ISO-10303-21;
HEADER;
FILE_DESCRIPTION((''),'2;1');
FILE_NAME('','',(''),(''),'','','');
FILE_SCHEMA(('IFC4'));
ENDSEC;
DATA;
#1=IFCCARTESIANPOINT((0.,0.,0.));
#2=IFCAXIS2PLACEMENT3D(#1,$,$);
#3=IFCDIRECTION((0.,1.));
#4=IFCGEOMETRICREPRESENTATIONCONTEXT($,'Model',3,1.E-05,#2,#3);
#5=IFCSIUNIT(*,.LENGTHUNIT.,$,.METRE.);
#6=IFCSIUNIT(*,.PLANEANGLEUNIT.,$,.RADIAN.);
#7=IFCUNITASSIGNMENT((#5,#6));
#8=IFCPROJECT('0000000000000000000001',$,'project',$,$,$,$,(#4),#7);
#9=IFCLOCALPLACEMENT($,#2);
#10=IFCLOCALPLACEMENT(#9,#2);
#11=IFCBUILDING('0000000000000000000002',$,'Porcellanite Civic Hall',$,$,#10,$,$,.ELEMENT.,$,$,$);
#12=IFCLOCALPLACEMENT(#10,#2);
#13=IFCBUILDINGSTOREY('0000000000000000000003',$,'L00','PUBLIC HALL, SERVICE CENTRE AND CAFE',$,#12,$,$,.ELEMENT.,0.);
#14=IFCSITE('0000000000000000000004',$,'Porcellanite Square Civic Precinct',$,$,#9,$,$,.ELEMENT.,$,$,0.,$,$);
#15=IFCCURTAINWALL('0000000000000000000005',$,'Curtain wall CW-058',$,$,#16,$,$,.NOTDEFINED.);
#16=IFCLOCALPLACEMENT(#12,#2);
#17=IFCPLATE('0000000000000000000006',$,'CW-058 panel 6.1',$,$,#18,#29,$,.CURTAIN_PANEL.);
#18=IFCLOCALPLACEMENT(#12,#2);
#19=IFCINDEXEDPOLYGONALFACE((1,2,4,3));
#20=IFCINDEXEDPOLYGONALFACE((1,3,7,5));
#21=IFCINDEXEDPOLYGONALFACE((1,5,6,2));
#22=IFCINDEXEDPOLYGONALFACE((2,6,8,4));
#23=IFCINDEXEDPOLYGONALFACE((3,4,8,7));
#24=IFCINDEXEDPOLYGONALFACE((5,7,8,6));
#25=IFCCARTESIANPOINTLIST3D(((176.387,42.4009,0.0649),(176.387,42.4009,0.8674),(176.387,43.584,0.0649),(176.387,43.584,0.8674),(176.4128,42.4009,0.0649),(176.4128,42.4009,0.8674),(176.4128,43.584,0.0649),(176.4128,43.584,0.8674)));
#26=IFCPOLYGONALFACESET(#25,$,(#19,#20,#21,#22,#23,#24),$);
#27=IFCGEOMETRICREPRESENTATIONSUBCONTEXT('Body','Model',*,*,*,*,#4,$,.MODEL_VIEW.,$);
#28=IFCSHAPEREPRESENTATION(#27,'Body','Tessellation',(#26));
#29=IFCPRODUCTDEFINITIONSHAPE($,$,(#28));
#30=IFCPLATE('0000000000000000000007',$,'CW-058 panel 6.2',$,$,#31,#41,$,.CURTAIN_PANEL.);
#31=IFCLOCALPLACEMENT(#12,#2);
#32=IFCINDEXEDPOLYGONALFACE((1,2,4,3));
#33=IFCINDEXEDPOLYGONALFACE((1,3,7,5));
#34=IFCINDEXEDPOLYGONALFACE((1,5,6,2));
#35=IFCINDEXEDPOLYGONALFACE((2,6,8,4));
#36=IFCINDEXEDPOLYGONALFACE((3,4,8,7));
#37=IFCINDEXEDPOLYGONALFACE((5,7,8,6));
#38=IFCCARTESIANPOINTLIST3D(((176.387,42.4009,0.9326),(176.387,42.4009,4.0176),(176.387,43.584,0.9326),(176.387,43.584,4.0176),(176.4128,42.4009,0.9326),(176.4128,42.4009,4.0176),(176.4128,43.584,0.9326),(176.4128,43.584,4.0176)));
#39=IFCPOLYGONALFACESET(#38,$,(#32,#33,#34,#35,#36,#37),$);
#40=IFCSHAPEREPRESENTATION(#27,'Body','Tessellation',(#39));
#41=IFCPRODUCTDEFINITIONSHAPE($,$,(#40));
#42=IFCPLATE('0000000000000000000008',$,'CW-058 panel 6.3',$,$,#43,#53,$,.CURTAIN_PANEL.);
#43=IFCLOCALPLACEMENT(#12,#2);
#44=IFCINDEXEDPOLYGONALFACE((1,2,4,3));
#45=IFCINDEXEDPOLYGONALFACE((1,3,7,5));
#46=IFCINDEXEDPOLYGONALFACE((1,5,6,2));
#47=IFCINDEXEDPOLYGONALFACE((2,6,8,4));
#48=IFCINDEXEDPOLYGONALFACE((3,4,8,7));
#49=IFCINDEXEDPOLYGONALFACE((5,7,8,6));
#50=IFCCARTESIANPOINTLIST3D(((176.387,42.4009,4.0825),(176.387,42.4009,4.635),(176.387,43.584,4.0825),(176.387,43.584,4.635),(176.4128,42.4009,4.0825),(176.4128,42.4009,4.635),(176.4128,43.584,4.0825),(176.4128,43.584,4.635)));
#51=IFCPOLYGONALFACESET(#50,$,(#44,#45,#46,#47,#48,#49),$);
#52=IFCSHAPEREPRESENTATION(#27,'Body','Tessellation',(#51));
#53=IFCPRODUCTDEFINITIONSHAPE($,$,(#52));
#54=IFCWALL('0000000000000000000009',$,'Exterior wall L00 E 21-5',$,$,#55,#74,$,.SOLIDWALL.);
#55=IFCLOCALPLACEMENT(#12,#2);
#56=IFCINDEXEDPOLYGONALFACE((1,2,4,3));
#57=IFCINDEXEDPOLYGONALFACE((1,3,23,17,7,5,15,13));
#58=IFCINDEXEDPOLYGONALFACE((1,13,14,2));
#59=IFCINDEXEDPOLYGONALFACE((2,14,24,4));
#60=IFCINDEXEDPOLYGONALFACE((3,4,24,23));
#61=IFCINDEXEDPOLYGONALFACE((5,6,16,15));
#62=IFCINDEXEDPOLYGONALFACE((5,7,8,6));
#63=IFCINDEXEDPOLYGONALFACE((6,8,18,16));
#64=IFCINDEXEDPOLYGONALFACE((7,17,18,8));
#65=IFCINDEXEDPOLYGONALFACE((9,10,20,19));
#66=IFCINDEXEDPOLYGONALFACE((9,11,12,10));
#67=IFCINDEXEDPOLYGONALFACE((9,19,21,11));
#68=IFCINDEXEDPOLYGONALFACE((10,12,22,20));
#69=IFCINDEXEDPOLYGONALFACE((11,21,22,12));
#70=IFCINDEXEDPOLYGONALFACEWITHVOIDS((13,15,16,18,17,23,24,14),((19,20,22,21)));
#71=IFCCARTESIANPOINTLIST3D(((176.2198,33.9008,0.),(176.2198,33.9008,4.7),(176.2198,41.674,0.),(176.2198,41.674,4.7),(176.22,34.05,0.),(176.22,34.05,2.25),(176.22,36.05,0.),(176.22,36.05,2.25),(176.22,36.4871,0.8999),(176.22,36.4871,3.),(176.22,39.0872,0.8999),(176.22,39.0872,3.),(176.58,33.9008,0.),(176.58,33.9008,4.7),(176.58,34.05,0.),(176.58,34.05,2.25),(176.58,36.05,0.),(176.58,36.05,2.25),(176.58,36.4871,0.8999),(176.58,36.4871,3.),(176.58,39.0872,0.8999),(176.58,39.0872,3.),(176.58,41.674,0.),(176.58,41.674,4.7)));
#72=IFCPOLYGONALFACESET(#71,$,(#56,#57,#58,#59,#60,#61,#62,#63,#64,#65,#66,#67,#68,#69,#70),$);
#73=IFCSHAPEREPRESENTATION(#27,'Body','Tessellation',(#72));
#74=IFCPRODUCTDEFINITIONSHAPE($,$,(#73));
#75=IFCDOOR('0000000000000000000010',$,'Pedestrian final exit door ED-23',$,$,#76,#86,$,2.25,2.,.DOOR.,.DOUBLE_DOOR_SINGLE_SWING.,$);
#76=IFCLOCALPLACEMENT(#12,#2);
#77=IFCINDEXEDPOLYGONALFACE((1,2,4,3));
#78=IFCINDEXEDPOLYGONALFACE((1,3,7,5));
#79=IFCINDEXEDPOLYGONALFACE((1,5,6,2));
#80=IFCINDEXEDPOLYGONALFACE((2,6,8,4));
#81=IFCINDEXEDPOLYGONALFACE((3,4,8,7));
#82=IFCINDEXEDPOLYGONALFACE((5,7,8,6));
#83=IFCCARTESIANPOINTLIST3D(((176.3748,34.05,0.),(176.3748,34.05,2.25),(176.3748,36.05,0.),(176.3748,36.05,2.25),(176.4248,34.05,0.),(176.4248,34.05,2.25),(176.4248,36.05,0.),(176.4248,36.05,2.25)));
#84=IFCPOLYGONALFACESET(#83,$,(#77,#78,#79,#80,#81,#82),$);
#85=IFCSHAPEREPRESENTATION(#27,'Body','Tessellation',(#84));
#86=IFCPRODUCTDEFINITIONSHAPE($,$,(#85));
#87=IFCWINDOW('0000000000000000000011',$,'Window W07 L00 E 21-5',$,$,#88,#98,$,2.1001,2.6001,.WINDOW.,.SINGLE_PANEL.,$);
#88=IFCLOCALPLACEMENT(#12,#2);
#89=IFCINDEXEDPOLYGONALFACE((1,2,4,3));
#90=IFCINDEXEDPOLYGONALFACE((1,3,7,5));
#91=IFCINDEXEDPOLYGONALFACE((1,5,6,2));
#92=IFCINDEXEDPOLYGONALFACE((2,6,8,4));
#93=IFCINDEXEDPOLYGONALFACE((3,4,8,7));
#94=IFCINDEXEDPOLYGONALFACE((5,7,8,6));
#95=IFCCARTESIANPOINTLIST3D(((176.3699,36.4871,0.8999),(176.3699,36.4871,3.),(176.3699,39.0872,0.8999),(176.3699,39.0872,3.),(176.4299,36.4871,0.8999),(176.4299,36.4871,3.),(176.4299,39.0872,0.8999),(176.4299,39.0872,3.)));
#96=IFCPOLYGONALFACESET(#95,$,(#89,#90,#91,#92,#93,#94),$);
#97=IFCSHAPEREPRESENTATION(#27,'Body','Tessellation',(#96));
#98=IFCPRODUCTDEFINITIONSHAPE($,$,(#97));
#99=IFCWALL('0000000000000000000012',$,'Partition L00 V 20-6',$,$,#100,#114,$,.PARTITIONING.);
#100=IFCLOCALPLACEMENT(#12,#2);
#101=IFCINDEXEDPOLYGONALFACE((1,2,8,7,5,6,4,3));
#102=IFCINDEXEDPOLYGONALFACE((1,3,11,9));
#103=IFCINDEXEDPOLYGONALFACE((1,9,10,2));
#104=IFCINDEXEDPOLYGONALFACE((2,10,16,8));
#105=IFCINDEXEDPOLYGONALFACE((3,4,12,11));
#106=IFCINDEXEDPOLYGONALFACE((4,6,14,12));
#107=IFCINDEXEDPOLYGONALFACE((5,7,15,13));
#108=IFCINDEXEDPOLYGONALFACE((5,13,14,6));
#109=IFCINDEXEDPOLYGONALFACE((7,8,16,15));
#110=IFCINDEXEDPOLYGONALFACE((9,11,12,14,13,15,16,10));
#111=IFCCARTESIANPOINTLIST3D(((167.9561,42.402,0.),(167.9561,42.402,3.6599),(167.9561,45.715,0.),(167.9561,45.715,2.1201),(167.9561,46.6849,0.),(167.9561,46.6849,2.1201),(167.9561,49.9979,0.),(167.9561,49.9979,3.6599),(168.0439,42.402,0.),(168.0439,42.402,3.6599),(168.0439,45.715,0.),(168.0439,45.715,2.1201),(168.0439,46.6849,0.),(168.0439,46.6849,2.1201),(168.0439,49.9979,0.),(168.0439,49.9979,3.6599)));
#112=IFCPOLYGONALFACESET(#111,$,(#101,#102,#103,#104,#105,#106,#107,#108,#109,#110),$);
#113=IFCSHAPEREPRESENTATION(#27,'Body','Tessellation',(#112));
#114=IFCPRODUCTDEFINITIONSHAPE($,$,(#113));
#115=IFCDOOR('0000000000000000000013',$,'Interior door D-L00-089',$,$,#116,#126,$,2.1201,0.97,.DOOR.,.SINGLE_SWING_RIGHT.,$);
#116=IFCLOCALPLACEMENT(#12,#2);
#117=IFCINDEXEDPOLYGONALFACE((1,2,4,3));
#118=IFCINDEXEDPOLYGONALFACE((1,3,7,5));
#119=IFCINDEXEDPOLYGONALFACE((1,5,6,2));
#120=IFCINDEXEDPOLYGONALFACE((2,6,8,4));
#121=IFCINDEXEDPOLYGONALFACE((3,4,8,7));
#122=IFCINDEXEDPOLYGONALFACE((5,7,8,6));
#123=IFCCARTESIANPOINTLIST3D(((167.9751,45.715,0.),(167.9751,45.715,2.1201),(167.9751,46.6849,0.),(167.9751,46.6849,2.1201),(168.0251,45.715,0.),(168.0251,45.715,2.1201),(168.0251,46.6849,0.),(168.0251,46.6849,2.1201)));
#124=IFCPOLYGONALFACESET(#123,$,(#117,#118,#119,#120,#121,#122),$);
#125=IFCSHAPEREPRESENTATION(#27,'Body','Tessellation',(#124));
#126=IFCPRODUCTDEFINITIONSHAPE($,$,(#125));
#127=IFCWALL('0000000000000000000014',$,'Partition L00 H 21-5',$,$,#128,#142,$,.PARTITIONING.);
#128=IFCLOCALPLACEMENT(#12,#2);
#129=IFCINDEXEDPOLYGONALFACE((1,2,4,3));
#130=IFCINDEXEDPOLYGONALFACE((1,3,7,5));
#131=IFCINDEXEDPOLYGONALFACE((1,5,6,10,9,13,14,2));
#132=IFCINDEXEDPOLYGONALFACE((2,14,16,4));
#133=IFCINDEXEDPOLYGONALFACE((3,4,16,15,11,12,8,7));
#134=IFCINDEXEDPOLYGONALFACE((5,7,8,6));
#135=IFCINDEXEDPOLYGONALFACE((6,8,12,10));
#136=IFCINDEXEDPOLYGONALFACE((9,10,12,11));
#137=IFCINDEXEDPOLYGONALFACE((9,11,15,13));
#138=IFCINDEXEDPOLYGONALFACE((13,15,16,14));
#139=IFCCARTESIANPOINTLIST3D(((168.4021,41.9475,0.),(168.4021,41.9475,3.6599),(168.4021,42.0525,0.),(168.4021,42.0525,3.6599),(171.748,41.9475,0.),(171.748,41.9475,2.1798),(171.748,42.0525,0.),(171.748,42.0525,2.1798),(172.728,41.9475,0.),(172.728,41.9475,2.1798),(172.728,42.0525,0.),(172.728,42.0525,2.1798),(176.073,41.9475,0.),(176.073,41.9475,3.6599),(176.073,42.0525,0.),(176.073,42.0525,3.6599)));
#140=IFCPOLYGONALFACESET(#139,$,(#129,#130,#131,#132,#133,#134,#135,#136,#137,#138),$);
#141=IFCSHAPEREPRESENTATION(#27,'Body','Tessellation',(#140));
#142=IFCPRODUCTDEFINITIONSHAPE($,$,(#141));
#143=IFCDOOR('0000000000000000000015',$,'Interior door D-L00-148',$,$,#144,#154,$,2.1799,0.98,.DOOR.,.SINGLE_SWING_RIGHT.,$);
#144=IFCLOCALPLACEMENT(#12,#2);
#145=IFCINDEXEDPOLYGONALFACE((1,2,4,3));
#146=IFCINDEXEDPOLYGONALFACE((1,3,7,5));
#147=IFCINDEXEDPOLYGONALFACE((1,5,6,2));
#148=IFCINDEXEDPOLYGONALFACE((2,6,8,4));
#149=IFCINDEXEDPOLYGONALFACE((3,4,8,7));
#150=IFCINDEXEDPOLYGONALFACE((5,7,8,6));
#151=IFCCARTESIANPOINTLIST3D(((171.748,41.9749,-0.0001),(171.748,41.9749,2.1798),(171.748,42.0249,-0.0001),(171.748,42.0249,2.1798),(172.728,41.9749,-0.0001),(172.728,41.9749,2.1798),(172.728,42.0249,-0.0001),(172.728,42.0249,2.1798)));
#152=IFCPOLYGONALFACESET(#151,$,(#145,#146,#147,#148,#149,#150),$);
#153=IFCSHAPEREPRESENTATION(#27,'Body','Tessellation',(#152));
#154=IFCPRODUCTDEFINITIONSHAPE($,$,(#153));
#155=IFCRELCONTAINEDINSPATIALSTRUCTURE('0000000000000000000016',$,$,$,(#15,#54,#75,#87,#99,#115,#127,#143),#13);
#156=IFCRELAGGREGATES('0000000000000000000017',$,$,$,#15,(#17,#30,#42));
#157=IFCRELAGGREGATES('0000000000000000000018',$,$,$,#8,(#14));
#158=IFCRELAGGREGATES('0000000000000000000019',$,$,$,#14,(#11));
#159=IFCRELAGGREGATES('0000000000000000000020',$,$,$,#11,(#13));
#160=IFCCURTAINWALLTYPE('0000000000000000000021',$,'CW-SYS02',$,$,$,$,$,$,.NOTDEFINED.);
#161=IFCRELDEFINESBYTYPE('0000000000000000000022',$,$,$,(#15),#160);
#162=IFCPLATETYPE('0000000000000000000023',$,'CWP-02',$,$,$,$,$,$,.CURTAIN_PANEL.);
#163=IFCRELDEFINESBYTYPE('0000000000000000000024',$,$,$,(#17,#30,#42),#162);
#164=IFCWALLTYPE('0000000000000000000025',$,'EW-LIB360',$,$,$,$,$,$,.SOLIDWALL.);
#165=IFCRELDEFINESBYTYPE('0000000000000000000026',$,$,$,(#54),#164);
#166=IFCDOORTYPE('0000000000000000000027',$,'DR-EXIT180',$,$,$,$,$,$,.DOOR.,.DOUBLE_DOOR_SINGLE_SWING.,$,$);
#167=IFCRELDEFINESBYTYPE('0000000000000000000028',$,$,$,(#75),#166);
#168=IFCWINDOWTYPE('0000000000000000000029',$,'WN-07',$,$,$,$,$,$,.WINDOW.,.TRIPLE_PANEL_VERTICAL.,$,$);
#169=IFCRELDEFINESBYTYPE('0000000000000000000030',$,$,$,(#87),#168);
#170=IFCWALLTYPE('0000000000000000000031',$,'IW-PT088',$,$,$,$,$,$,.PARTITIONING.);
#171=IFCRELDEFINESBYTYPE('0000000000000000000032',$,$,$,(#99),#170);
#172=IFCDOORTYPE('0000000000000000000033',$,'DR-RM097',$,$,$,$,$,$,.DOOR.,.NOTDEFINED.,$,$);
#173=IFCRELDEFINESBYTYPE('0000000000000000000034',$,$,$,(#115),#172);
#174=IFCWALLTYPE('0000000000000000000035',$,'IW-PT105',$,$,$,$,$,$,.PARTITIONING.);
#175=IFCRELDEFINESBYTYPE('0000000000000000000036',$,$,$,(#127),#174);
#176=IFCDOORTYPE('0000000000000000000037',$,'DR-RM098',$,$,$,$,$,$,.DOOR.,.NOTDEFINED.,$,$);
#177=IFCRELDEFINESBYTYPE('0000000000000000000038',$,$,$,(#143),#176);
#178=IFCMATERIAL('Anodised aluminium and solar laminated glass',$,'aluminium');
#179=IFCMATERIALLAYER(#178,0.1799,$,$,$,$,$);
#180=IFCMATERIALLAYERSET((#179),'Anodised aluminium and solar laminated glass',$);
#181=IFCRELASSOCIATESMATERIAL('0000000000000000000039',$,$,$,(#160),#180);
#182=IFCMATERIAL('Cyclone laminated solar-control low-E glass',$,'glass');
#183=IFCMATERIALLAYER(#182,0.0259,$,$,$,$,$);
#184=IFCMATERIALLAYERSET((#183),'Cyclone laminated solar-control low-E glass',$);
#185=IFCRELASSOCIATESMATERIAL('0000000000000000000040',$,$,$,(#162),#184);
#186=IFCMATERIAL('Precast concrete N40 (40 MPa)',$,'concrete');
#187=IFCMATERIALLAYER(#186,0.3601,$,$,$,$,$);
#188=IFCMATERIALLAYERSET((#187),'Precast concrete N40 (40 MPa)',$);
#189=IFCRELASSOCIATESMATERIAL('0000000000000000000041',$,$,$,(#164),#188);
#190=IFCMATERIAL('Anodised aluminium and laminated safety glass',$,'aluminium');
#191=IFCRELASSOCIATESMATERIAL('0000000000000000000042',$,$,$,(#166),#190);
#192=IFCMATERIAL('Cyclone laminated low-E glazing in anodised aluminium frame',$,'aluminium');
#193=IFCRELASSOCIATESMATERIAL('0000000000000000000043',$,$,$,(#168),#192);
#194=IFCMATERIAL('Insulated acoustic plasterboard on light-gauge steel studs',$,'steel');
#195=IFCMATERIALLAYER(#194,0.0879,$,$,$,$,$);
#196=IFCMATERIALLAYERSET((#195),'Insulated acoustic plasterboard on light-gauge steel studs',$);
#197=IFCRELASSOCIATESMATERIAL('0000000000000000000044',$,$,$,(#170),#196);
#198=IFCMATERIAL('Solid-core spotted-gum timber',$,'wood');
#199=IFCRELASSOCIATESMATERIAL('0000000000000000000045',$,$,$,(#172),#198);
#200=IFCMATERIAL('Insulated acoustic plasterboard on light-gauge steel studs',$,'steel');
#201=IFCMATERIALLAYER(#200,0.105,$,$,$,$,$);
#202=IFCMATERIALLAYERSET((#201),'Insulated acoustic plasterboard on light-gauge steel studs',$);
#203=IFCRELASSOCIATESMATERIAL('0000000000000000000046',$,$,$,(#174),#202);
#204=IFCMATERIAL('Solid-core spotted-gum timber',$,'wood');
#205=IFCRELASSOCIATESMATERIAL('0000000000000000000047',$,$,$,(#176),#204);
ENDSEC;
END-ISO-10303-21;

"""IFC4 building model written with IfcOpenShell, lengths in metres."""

from ifc_helpers import new_model, si_unit, direction, frame, frame_2d, origin, origin_2d, place, context, subcontext, project, spatial, rectangle, extrude, material, layer, layer_set, type_object, element, fill, aggregate, save


model = new_model("IFC4")

# Units and contexts
model_context = context("Model", 3, precision=1e-05, world=origin(), true_north=direction((0.0, 1.0)))
body_context = subcontext(model_context, "Body", "Model", "MODEL_VIEW")
ifc_project = project(units=[si_unit("LENGTHUNIT", "METRE"), si_unit("PLANEANGLEUNIT", "RADIAN")], contexts=[model_context])

# Site, building, storey
site_placement = place(None, origin())
site = spatial("IfcSite", under=ifc_project, at=site_placement, Name="Porcellanite Square Civic Precinct", CompositionType="ELEMENT", RefElevation=0.0)
building_placement = place(site_placement, origin())
building = spatial("IfcBuilding", under=site, at=building_placement, Name="Porcellanite Civic Hall", CompositionType="ELEMENT")
storey_placement = place(building_placement, origin())
storey = spatial("IfcBuildingStorey", under=building, at=storey_placement, Name="L00", Description="PUBLIC HALL, SERVICE CENTRE AND CAFE", CompositionType="ELEMENT", Elevation=0.0)

# Curtain wall
ifc_material_1 = material(Name="Anodised aluminium and solar laminated glass", Category="aluminium")
ifc_layer_1 = layer(ifc_material_1, 0.1799)
ifc_layer_set_1 = layer_set([ifc_layer_1], Name="Anodised aluminium and solar laminated glass")
curtain_wall_type = type_object("IfcCurtainWallType", Name="CW-SYS02", PredefinedType="NOTDEFINED", material=ifc_layer_set_1)
curtain_wall_placement = place(storey_placement, origin())
curtain_wall = element("IfcCurtainWall", 1, at=curtain_wall_placement, inside=storey, type_object=curtain_wall_type, Name="Curtain wall CW-058", PredefinedType="NOTDEFINED")

# Plates
ifc_material_2 = material(Name="Cyclone laminated solar-control low-E glass", Category="glass")
ifc_layer_2 = layer(ifc_material_2, 0.0259)
ifc_layer_set_2 = layer_set([ifc_layer_2], Name="Cyclone laminated solar-control low-E glass")
plate_type = type_object("IfcPlateType", Name="CWP-02", PredefinedType="CURTAIN_PANEL", material=ifc_layer_set_2)
plate_1_placement = place(storey_placement, frame((176.3999, 42.9924, 0.0649), z_axis=(0.0, 0.0, 1.0), x_axis=(0.0, -1.0, 0.0)))
plate_1 = element("IfcPlate", 2, at=plate_1_placement, type_object=plate_type, Name="CW-058 panel 6.1", PredefinedType="CURTAIN_PANEL", context=body_context, shape_type="SweptSolid", body=[
    extrude(rectangle(XDim=1.1831, YDim=0.0259, at=origin_2d()), origin(), (0.0, 0.0, 1.0), 0.8025),
])
plate_2_placement = place(storey_placement, frame((176.3999, 42.9924, 0.9326), z_axis=(0.0, 0.0, 1.0), x_axis=(0.0, -1.0, 0.0)))
plate_2 = element("IfcPlate", 3, at=plate_2_placement, type_object=plate_type, Name="CW-058 panel 6.2", PredefinedType="CURTAIN_PANEL", context=body_context, shape_type="SweptSolid", body=[
    extrude(rectangle(XDim=1.1831, YDim=0.0259, at=origin_2d()), origin(), (0.0, 0.0, 1.0), 3.085),
])
plate_3_placement = place(storey_placement, frame((176.3999, 42.9924, 4.0825), z_axis=(0.0, 0.0, 1.0), x_axis=(0.0, -1.0, 0.0)))
plate_3 = element("IfcPlate", 4, at=plate_3_placement, type_object=plate_type, Name="CW-058 panel 6.3", PredefinedType="CURTAIN_PANEL", context=body_context, shape_type="SweptSolid", body=[
    extrude(rectangle(XDim=1.1831, YDim=0.0259, at=origin_2d()), origin(), (0.0, 0.0, 1.0), 0.5525),
])
aggregate(curtain_wall, [plate_1, plate_2, plate_3])

# Wall, openings, door, window
ifc_material_3 = material(Name="Precast concrete N40 (40 MPa)", Category="concrete")
ifc_layer_3 = layer(ifc_material_3, 0.3601)
ifc_layer_set_3 = layer_set([ifc_layer_3], Name="Precast concrete N40 (40 MPa)")
wall_type_1 = type_object("IfcWallType", Name="EW-LIB360", PredefinedType="SOLIDWALL", material=ifc_layer_set_3)
wall_1_placement = place(storey_placement, frame((176.3999, 41.6741, 0.0), z_axis=(0.0, 0.0, 1.0), x_axis=(0.0, -1.0, 0.0)))
wall_1 = element("IfcWall", 5, at=wall_1_placement, inside=storey, type_object=wall_type_1, Name="Exterior wall L00 E 21-5", PredefinedType="SOLIDWALL", context=body_context, shape_type="SweptSolid", body=[
    extrude(rectangle(XDim=7.7732, YDim=0.3601, at=frame_2d((3.8867, 0.0))), origin(), (0.0, 0.0, 1.0), 4.7),
])
opening_1_placement = place(wall_1_placement, frame((2.5869, 0.0, 0.8999)))
opening_1 = element("IfcOpeningElement", 6, at=opening_1_placement, cuts=wall_1, PredefinedType="OPENING", context=body_context, shape_type="SweptSolid", body=[
    extrude(rectangle(XDim=2.6001, YDim=2.1001, at=frame_2d((1.3, 1.05))), frame((0.0, 0.1802, 0.0), z_axis=(0.0, -1.0, 0.0), x_axis=(1.0, 0.0, 0.0)), (0.0, 0.0, 1.0), 0.3601),
])
opening_2_placement = place(wall_1_placement, frame((5.624, 0.0, 0.0)))
opening_2 = element("IfcOpeningElement", 7, at=opening_2_placement, cuts=wall_1, PredefinedType="OPENING", context=body_context, shape_type="SweptSolid", body=[
    extrude(rectangle(XDim=2.0, YDim=2.25, at=frame_2d((1.0, 1.125))), frame((0.0, 0.1802, 0.0), z_axis=(0.0, -1.0, 0.0), x_axis=(1.0, 0.0, 0.0)), (0.0, 0.0, 1.0), 0.3601),
])
ifc_material_4 = material(Name="Anodised aluminium and laminated safety glass", Category="aluminium")
door_type_1 = type_object("IfcDoorType", Name="DR-EXIT180", OperationType="DOUBLE_DOOR_SINGLE_SWING", PredefinedType="DOOR", material=ifc_material_4)
door_1_placement = place(opening_2_placement, origin())
door_1 = element("IfcDoor", 8, at=door_1_placement, inside=storey, type_object=door_type_1, Name="Pedestrian final exit door ED-23", OperationType="DOUBLE_DOOR_SINGLE_SWING", OverallHeight=2.25, OverallWidth=2.0, PredefinedType="DOOR", context=body_context, shape_type="SweptSolid", body=[
    extrude(rectangle(XDim=2.0, YDim=2.25, at=frame_2d((1.0, 1.125))), frame((0.0, 0.0249, 0.0), z_axis=(0.0, -1.0, 0.0), x_axis=(1.0, 0.0, 0.0)), (0.0, 0.0, 1.0), 0.05),
])
fill(opening_2, door_1)
ifc_material_5 = material(Name="Cyclone laminated low-E glazing in anodised aluminium frame", Category="aluminium")
window_type = type_object("IfcWindowType", Name="WN-07", PartitioningType="TRIPLE_PANEL_VERTICAL", PredefinedType="WINDOW", material=ifc_material_5)
window_placement = place(opening_1_placement, origin())
window = element("IfcWindow", 9, at=window_placement, inside=storey, type_object=window_type, Name="Window W07 L00 E 21-5", OverallHeight=2.1001, OverallWidth=2.6001, PartitioningType="SINGLE_PANEL", PredefinedType="WINDOW", context=body_context, shape_type="SweptSolid", body=[
    extrude(rectangle(XDim=2.6001, YDim=2.1001, at=frame_2d((1.3, 1.05))), frame((0.0, 0.03, 0.0), z_axis=(0.0, -1.0, 0.0), x_axis=(1.0, 0.0, 0.0)), (0.0, 0.0, 1.0), 0.0601),
])
fill(opening_1, window)

# Walls, openings, doors
ifc_material_6 = material(Name="Insulated acoustic plasterboard on light-gauge steel studs", Category="steel")
ifc_layer_4 = layer(ifc_material_6, 0.0879)
ifc_layer_set_4 = layer_set([ifc_layer_4], Name="Insulated acoustic plasterboard on light-gauge steel studs")
wall_type_2 = type_object("IfcWallType", Name="IW-PT088", PredefinedType="PARTITIONING", material=ifc_layer_set_4)
wall_2_placement = place(storey_placement, frame((168.0, 42.4021, 0.0), z_axis=(0.0, 0.0, 1.0), x_axis=(0.0, 1.0, 0.0)))
wall_2 = element("IfcWall", 10, at=wall_2_placement, inside=storey, type_object=wall_type_2, Name="Partition L00 V 20-6", PredefinedType="PARTITIONING", context=body_context, shape_type="SweptSolid", body=[
    extrude(rectangle(XDim=7.5959, YDim=0.0879, at=frame_2d((3.7979, 0.0))), origin(), (0.0, 0.0, 1.0), 3.6599),
])
opening_3_placement = place(wall_2_placement, frame((3.313, 0.0, 0.0)))
opening_3 = element("IfcOpeningElement", 11, at=opening_3_placement, cuts=wall_2, PredefinedType="OPENING", context=body_context, shape_type="SweptSolid", body=[
    extrude(rectangle(XDim=0.97, YDim=2.1201, at=frame_2d((0.4849, 1.0601))), frame((0.0, 0.0439, 0.0), z_axis=(0.0, -1.0, 0.0), x_axis=(1.0, 0.0, 0.0)), (0.0, 0.0, 1.0), 0.0879),
])
ifc_material_7 = material(Name="Solid-core spotted-gum timber", Category="wood")
door_type_2 = type_object("IfcDoorType", Name="DR-RM097", OperationType="NOTDEFINED", PredefinedType="DOOR", material=ifc_material_7)
door_2_placement = place(opening_3_placement, origin())
door_2 = element("IfcDoor", 12, at=door_2_placement, inside=storey, type_object=door_type_2, Name="Interior door D-L00-089", OperationType="SINGLE_SWING_RIGHT", OverallHeight=2.1201, OverallWidth=0.97, PredefinedType="DOOR", context=body_context, shape_type="SweptSolid", body=[
    extrude(rectangle(XDim=0.97, YDim=2.1201, at=frame_2d((0.4849, 1.0601))), frame((0.0, 0.0249, 0.0), z_axis=(0.0, -1.0, 0.0), x_axis=(1.0, 0.0, 0.0)), (0.0, 0.0, 1.0), 0.05),
])
fill(opening_3, door_2)
ifc_material_8 = material(Name="Insulated acoustic plasterboard on light-gauge steel studs", Category="steel")
ifc_layer_5 = layer(ifc_material_8, 0.105)
ifc_layer_set_5 = layer_set([ifc_layer_5], Name="Insulated acoustic plasterboard on light-gauge steel studs")
wall_type_3 = type_object("IfcWallType", Name="IW-PT105", PredefinedType="PARTITIONING", material=ifc_layer_set_5)
wall_3_placement = place(storey_placement, frame((168.4021, 42.0, 0.0), z_axis=(0.0, 0.0, 1.0), x_axis=(1.0, 0.0, 0.0)))
wall_3 = element("IfcWall", 13, at=wall_3_placement, inside=storey, type_object=wall_type_3, Name="Partition L00 H 21-5", PredefinedType="PARTITIONING", context=body_context, shape_type="SweptSolid", body=[
    extrude(rectangle(XDim=7.6709, YDim=0.105, at=frame_2d((3.8354, 0.0))), origin(), (0.0, 0.0, 1.0), 3.6599),
])
opening_4_placement = place(wall_3_placement, frame((3.3459, 0.0, 0.0)))
opening_4 = element("IfcOpeningElement", 14, at=opening_4_placement, cuts=wall_3, PredefinedType="OPENING", context=body_context, shape_type="SweptSolid", body=[
    extrude(rectangle(XDim=0.98, YDim=2.1799, at=frame_2d((0.49, 1.0898))), frame((0.0, 0.0525, 0.0), z_axis=(0.0, -1.0, 0.0), x_axis=(1.0, 0.0, 0.0)), (0.0, 0.0, 1.0), 0.105),
])
ifc_material_9 = material(Name="Solid-core spotted-gum timber", Category="wood")
door_type_3 = type_object("IfcDoorType", Name="DR-RM098", OperationType="NOTDEFINED", PredefinedType="DOOR", material=ifc_material_9)
door_3_placement = place(opening_4_placement, origin())
door_3 = element("IfcDoor", 15, at=door_3_placement, inside=storey, type_object=door_type_3, Name="Interior door D-L00-148", OperationType="SINGLE_SWING_RIGHT", OverallHeight=2.1799, OverallWidth=0.98, PredefinedType="DOOR", context=body_context, shape_type="SweptSolid", body=[
    extrude(rectangle(XDim=0.98, YDim=2.1799, at=frame_2d((0.49, 1.0898))), frame((0.0, 0.0249, 0.0), z_axis=(0.0, -1.0, 0.0), x_axis=(1.0, 0.0, 0.0)), (0.0, 0.0, 1.0), 0.05),
])
fill(opening_4, door_3)

save(model, "model.ifc")
